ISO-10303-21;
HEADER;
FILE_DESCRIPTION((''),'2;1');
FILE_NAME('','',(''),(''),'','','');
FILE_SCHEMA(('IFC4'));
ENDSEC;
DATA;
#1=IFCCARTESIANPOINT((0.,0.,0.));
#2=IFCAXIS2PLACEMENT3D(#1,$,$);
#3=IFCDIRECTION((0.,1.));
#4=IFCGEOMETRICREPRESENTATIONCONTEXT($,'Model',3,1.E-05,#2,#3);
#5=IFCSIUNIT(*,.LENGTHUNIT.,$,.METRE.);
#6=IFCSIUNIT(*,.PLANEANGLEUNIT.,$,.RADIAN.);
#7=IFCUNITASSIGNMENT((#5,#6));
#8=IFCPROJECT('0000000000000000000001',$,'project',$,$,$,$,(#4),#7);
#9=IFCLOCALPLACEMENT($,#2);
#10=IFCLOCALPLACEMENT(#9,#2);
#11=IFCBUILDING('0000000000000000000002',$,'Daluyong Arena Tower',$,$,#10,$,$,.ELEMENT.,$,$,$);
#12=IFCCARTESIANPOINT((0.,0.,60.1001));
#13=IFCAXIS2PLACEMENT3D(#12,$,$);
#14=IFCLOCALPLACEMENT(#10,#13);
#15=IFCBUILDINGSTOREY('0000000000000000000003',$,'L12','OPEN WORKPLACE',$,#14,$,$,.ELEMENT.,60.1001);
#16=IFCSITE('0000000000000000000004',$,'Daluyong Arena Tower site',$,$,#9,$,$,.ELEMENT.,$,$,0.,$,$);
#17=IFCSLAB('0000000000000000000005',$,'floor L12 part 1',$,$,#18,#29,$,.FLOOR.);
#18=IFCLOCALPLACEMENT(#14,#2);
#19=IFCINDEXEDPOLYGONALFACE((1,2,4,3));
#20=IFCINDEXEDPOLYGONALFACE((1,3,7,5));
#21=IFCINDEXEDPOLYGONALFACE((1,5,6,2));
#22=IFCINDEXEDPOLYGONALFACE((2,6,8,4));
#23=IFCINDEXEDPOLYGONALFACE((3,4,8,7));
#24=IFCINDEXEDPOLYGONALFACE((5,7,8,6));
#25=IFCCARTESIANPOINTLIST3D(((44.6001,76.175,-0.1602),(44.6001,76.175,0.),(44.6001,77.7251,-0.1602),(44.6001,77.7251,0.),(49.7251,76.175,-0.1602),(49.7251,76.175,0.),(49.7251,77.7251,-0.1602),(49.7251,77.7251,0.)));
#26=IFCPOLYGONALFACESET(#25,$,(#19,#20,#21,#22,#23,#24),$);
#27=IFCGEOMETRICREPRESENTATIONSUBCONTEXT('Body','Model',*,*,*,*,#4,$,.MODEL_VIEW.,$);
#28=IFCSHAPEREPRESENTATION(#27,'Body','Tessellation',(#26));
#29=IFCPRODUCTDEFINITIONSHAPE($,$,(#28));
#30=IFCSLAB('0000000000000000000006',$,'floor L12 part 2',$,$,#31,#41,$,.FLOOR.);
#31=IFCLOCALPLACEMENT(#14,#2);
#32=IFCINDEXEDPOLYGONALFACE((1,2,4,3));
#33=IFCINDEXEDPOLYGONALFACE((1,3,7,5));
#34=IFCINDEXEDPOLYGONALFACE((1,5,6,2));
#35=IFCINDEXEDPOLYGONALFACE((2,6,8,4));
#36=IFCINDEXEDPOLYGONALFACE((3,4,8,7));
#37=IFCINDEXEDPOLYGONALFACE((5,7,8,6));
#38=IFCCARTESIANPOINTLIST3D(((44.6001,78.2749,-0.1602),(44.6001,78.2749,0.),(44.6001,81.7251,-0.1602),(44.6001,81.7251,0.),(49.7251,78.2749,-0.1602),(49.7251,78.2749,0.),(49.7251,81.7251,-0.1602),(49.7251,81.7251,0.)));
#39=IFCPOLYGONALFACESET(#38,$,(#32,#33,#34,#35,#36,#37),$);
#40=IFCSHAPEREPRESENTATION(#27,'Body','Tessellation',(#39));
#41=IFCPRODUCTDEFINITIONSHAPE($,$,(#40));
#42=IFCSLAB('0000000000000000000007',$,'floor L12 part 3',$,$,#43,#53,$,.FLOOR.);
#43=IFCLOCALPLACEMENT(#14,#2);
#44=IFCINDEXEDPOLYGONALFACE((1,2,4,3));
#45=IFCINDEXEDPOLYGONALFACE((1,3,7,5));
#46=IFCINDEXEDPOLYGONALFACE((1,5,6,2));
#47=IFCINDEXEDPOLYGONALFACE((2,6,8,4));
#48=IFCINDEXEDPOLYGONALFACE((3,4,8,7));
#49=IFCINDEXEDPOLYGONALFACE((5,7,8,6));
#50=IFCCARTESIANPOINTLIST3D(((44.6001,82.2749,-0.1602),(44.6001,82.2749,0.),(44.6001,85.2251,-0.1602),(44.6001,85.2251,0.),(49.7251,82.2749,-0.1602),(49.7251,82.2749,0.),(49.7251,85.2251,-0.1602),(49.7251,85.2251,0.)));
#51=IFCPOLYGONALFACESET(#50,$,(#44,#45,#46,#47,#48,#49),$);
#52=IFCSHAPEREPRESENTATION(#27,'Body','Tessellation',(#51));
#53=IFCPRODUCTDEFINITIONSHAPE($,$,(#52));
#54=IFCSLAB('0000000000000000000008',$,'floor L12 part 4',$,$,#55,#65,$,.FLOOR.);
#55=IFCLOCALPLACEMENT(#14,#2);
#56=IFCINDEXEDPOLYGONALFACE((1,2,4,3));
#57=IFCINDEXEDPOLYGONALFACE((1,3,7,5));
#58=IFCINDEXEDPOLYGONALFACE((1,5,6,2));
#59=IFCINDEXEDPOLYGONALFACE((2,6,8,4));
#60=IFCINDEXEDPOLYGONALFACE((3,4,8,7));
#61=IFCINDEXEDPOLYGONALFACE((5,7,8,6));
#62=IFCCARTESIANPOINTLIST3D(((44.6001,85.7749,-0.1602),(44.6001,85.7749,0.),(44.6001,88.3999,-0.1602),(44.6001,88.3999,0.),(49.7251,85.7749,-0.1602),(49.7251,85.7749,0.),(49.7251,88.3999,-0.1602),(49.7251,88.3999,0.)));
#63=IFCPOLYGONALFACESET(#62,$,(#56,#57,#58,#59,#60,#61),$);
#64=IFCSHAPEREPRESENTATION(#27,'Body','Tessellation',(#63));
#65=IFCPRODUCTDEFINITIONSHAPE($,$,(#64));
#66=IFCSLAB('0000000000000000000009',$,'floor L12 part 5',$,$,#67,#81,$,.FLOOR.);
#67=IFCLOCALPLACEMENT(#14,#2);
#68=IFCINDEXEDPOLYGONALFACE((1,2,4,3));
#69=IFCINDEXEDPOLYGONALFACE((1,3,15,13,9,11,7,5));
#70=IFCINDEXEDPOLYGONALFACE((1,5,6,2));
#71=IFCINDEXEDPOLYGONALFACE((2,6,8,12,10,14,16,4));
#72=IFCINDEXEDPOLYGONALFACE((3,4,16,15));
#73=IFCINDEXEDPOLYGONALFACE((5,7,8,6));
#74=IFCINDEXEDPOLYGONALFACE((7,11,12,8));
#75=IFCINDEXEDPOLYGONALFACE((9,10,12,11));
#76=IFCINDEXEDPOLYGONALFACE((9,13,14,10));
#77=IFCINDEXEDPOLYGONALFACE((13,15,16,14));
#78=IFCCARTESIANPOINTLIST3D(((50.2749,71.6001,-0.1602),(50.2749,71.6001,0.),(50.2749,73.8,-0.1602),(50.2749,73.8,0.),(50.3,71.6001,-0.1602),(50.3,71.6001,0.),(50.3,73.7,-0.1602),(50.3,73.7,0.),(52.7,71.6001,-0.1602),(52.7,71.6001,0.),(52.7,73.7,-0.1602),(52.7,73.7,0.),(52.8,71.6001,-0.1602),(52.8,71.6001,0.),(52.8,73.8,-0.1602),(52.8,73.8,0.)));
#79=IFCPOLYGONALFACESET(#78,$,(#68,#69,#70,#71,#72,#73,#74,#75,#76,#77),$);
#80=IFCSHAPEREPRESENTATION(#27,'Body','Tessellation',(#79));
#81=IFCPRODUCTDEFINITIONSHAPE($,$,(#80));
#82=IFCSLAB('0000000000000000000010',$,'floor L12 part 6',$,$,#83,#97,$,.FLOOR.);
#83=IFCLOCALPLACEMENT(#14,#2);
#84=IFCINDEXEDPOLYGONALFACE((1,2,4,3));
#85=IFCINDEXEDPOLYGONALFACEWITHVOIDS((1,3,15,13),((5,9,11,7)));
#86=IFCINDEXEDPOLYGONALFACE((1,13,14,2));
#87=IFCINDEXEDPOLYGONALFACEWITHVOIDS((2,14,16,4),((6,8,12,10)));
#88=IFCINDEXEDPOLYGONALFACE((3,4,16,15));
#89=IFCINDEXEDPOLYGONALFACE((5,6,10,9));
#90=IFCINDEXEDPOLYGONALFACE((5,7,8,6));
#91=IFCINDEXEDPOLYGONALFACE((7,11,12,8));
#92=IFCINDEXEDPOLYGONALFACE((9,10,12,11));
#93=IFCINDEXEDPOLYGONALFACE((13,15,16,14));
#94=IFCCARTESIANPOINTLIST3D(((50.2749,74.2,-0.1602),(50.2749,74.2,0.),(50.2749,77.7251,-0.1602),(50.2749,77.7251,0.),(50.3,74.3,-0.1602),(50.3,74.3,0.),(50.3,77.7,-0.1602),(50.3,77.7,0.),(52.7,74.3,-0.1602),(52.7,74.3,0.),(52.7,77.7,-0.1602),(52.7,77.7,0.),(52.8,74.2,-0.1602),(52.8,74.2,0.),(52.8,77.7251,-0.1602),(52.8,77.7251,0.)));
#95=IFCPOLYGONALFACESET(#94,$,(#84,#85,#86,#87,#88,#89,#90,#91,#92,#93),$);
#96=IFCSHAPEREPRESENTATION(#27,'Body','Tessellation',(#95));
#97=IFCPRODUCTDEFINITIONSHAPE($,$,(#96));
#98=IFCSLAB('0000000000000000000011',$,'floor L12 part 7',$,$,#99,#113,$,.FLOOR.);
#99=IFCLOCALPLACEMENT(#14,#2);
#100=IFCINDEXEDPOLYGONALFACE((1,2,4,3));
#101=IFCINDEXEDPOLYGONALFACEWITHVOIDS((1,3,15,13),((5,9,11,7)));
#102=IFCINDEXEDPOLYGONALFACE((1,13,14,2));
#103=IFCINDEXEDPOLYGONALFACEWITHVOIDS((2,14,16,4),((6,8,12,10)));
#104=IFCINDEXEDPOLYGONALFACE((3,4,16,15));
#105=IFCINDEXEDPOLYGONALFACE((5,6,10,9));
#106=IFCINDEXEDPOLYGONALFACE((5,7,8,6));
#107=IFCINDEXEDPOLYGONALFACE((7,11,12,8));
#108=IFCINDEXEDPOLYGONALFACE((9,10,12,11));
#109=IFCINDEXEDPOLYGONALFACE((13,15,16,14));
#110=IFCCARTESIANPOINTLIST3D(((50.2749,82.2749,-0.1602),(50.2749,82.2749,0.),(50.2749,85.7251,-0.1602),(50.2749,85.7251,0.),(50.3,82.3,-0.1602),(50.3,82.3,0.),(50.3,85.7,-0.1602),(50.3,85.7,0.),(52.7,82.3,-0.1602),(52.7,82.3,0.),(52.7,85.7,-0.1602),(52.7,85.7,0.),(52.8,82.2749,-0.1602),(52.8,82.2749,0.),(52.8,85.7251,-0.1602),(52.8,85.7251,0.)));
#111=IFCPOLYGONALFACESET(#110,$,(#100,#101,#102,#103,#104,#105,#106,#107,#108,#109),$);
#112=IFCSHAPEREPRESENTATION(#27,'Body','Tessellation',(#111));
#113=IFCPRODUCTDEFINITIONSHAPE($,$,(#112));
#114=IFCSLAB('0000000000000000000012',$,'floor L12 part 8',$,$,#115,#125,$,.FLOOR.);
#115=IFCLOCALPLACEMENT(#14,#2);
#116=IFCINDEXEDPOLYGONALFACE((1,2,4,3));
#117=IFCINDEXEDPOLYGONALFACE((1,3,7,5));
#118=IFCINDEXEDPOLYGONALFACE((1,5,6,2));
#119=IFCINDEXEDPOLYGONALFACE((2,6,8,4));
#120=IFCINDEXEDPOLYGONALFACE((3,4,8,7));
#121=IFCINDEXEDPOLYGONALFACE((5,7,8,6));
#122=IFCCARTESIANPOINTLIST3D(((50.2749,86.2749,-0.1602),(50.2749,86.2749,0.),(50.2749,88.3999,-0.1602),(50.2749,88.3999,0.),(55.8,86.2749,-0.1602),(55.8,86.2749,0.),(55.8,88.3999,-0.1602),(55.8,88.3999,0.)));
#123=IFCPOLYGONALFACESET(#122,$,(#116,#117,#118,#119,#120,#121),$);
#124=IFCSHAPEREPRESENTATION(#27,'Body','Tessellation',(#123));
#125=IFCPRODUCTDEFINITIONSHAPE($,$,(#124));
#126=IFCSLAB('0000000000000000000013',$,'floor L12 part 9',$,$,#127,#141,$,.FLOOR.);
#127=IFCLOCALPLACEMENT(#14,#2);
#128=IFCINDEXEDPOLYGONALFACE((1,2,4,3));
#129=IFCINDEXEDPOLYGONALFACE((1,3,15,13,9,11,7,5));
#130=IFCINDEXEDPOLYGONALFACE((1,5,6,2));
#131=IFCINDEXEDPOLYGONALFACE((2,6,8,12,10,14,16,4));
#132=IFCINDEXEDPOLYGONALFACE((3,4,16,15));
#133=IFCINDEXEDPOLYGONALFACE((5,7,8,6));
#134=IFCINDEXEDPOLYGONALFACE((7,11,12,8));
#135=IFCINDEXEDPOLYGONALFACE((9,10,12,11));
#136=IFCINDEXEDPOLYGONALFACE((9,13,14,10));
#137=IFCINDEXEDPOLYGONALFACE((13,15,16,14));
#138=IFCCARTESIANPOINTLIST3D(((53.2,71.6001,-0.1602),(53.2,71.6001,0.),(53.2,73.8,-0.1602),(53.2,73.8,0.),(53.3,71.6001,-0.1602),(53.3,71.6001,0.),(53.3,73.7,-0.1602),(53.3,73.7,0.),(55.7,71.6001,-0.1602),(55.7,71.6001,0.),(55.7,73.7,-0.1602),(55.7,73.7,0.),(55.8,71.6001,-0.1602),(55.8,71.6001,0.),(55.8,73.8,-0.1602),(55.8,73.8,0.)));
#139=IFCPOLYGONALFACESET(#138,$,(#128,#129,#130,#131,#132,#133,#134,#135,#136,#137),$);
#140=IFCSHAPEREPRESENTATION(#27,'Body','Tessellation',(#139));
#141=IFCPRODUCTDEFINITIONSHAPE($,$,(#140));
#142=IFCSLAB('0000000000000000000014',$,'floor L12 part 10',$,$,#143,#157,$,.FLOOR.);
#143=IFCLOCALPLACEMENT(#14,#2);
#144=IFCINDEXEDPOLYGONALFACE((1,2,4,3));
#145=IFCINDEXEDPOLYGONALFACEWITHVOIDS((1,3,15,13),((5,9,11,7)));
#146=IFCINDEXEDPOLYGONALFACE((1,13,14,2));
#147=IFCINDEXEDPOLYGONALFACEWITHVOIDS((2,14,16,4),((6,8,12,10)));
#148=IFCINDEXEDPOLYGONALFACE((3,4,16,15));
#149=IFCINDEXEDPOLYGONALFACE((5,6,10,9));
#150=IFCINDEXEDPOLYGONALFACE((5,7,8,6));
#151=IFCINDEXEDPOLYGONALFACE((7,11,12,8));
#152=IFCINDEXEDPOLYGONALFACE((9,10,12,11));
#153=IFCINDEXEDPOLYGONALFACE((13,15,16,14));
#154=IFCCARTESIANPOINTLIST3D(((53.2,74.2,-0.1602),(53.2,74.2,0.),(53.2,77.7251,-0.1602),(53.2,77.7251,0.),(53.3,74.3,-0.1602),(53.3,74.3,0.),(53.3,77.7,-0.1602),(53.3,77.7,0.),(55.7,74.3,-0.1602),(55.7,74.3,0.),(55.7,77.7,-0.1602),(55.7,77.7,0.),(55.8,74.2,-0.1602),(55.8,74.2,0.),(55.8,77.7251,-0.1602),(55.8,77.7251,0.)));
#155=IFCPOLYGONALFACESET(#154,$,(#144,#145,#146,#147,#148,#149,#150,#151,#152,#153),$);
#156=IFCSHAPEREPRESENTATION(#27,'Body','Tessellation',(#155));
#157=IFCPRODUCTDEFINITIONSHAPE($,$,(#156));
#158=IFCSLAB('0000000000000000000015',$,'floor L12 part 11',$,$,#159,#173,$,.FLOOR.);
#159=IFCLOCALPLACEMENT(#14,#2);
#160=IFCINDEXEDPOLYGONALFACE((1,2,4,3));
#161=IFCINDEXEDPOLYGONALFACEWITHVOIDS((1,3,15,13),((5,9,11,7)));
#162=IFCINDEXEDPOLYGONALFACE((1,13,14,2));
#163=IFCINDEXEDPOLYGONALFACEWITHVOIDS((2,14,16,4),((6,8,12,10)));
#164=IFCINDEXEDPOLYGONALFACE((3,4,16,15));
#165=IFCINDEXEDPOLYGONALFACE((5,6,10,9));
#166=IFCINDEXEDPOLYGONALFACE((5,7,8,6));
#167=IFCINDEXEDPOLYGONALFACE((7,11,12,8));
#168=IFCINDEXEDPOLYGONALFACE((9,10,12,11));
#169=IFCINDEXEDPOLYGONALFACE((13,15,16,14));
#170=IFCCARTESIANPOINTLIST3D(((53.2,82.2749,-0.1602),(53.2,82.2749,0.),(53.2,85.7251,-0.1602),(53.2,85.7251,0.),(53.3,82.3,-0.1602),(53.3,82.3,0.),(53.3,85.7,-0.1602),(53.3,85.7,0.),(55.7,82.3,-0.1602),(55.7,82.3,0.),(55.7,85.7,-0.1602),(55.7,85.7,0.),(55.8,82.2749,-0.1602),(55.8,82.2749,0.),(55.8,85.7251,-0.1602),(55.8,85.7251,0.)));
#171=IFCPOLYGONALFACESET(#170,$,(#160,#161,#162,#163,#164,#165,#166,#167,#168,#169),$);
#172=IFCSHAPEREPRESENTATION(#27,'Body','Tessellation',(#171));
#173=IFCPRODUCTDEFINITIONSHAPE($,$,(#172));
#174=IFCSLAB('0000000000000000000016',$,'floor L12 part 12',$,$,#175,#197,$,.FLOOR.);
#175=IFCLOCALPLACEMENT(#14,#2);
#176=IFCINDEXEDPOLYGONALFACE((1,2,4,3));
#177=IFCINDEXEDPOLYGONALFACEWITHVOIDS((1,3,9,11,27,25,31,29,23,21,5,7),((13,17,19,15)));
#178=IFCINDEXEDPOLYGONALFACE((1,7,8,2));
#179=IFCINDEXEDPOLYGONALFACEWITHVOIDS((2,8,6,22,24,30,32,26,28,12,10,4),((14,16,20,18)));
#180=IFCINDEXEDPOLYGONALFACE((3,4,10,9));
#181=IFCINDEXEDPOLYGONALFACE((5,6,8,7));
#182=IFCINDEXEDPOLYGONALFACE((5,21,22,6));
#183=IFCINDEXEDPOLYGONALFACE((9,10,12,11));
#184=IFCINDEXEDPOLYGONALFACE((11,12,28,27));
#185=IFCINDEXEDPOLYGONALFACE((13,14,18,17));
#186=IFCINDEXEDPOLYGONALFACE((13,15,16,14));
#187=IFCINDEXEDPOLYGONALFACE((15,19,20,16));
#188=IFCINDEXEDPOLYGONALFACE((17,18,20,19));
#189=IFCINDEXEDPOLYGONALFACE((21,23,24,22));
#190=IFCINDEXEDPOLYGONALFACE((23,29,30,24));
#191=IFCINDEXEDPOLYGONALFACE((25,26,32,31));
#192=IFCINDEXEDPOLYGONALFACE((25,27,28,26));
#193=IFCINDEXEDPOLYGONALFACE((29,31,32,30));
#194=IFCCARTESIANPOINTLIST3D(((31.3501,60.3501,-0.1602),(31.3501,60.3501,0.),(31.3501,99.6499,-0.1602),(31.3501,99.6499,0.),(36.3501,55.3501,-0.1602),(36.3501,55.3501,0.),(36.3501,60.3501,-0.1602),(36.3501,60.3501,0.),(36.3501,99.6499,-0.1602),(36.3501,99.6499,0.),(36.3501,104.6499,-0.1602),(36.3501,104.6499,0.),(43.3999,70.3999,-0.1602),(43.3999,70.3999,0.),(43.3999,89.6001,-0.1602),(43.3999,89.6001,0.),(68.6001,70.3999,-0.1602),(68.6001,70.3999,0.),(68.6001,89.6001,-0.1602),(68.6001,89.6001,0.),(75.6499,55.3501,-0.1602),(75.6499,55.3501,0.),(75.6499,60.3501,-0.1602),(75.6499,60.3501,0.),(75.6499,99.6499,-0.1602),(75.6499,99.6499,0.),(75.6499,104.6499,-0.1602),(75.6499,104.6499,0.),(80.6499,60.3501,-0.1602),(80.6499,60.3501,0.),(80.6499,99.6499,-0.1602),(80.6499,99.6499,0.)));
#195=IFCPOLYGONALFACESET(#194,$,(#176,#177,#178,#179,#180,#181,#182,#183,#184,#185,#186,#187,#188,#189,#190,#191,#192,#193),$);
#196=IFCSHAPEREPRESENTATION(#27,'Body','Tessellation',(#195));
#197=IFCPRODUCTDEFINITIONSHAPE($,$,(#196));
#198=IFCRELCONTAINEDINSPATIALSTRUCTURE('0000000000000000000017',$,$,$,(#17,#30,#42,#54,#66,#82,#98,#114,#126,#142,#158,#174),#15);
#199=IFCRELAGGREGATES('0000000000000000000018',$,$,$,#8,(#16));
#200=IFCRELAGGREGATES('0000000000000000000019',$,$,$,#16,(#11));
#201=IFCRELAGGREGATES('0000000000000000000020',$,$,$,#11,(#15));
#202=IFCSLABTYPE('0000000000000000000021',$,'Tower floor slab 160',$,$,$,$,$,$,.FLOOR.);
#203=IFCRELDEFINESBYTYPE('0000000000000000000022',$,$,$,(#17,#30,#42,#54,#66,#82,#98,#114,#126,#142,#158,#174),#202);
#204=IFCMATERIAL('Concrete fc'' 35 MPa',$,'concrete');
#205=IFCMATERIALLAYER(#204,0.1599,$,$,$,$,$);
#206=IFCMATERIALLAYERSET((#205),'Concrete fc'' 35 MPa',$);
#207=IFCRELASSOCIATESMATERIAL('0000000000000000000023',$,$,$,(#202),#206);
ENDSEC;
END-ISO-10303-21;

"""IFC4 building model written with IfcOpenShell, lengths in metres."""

from ifc_helpers import new_model, si_unit, direction, frame, origin, place, context, subcontext, project, spatial, polyline, outline, extrude, material, layer, layer_set, type_object, element, save


model = new_model("IFC4")

# Units and contexts
model_context = context("Model", 3, precision=1e-05, world=origin(), true_north=direction((0.0, 1.0)))
body_context = subcontext(model_context, "Body", "Model", "MODEL_VIEW")
ifc_project = project(units=[si_unit("LENGTHUNIT", "METRE"), si_unit("PLANEANGLEUNIT", "RADIAN")], contexts=[model_context])

# Site, building, storey
site_placement = place(None, origin())
site = spatial("IfcSite", under=ifc_project, at=site_placement, Name="Daluyong Arena Tower site", CompositionType="ELEMENT", RefElevation=0.0)
building_placement = place(site_placement, origin())
building = spatial("IfcBuilding", under=site, at=building_placement, Name="Daluyong Arena Tower", CompositionType="ELEMENT")
storey_placement = place(building_placement, frame((0.0, 0.0, 60.1001)))
storey = spatial("IfcBuildingStorey", under=building, at=storey_placement, Name="L12", Description="OPEN WORKPLACE", CompositionType="ELEMENT", Elevation=60.1001)

# Slabs
ifc_material_1 = material(Name="Concrete fc' 35 MPa", Category="concrete")
ifc_layer_1 = layer(ifc_material_1, 0.1599)
ifc_layer_set_1 = layer_set([ifc_layer_1], Name="Concrete fc' 35 MPa")
slab_type = type_object("IfcSlabType", Name="Tower floor slab 160", PredefinedType="FLOOR", material=ifc_layer_set_1)
slab_1_placement = place(storey_placement, frame((0.0, 0.0, -0.1602)))
element("IfcSlab", 1, at=slab_1_placement, inside=storey, type_object=slab_type, Name="floor L12 part 1", PredefinedType="FLOOR", context=body_context, shape_type="SweptSolid", body=[
    extrude(outline(polyline([(49.7251, 76.175), (49.7251, 77.7251), (44.6001, 77.7251), (44.6001, 76.175), (49.7251, 76.175)])), origin(), (0.0, 0.0, 1.0), 0.1602),
])
slab_2_placement = place(storey_placement, frame((0.0, 0.0, -0.1602)))
element("IfcSlab", 2, at=slab_2_placement, inside=storey, type_object=slab_type, Name="floor L12 part 2", PredefinedType="FLOOR", context=body_context, shape_type="SweptSolid", body=[
    extrude(outline(polyline([(49.7251, 78.2749), (49.7251, 81.7251), (44.6001, 81.7251), (44.6001, 78.2749), (49.7251, 78.2749)])), origin(), (0.0, 0.0, 1.0), 0.1602),
])
slab_3_placement = place(storey_placement, frame((0.0, 0.0, -0.1602)))
element("IfcSlab", 3, at=slab_3_placement, inside=storey, type_object=slab_type, Name="floor L12 part 3", PredefinedType="FLOOR", context=body_context, shape_type="SweptSolid", body=[
    extrude(outline(polyline([(49.7251, 82.2749), (49.7251, 85.2251), (44.6001, 85.2251), (44.6001, 82.2749), (49.7251, 82.2749)])), origin(), (0.0, 0.0, 1.0), 0.1602),
])
slab_4_placement = place(storey_placement, frame((0.0, 0.0, -0.1602)))
element("IfcSlab", 4, at=slab_4_placement, inside=storey, type_object=slab_type, Name="floor L12 part 4", PredefinedType="FLOOR", context=body_context, shape_type="SweptSolid", body=[
    extrude(outline(polyline([(44.6001, 88.3999), (44.6001, 85.7749), (49.7251, 85.7749), (49.7251, 88.3999), (44.6001, 88.3999)])), origin(), (0.0, 0.0, 1.0), 0.1602),
])
slab_5_placement = place(storey_placement, frame((0.0, 0.0, -0.1602)))
element("IfcSlab", 5, at=slab_5_placement, inside=storey, type_object=slab_type, Name="floor L12 part 5", PredefinedType="FLOOR", context=body_context, shape_type="SweptSolid", body=[
    extrude(outline(polyline([(52.7, 73.7), (52.7, 71.6001), (52.8, 71.6001), (52.8, 73.8), (50.2749, 73.8), (50.2749, 71.6001), (50.3, 71.6001), (50.3, 73.7), (52.7, 73.7)])), origin(), (0.0, 0.0, 1.0), 0.1602),
])
slab_6_placement = place(storey_placement, frame((0.0, 0.0, -0.1602)))
element("IfcSlab", 6, at=slab_6_placement, inside=storey, type_object=slab_type, Name="floor L12 part 6", PredefinedType="FLOOR", context=body_context, shape_type="SweptSolid", body=[
    extrude(outline(polyline([(50.2749, 77.7251), (50.2749, 74.2), (52.8, 74.2), (52.8, 77.7251), (50.2749, 77.7251)]), holes=[polyline([(52.7, 77.7), (52.7, 74.3), (50.3, 74.3), (50.3, 77.7), (52.7, 77.7)])]), origin(), (0.0, 0.0, 1.0), 0.1602),
])
slab_7_placement = place(storey_placement, frame((0.0, 0.0, -0.1602)))
element("IfcSlab", 7, at=slab_7_placement, inside=storey, type_object=slab_type, Name="floor L12 part 7", PredefinedType="FLOOR", context=body_context, shape_type="SweptSolid", body=[
    extrude(outline(polyline([(50.2749, 85.7251), (50.2749, 82.2749), (52.8, 82.2749), (52.8, 85.7251), (50.2749, 85.7251)]), holes=[polyline([(52.7, 85.7), (52.7, 82.3), (50.3, 82.3), (50.3, 85.7), (52.7, 85.7)])]), origin(), (0.0, 0.0, 1.0), 0.1602),
])
slab_8_placement = place(storey_placement, frame((0.0, 0.0, -0.1602)))
element("IfcSlab", 8, at=slab_8_placement, inside=storey, type_object=slab_type, Name="floor L12 part 8", PredefinedType="FLOOR", context=body_context, shape_type="SweptSolid", body=[
    extrude(outline(polyline([(50.2749, 88.3999), (50.2749, 86.2749), (55.8, 86.2749), (55.8, 88.3999), (50.2749, 88.3999)])), origin(), (0.0, 0.0, 1.0), 0.1602),
])
slab_9_placement = place(storey_placement, frame((0.0, 0.0, -0.1602)))
element("IfcSlab", 9, at=slab_9_placement, inside=storey, type_object=slab_type, Name="floor L12 part 9", PredefinedType="FLOOR", context=body_context, shape_type="SweptSolid", body=[
    extrude(outline(polyline([(55.7, 73.7), (55.7, 71.6001), (55.8, 71.6001), (55.8, 73.8), (53.2, 73.8), (53.2, 71.6001), (53.3, 71.6001), (53.3, 73.7), (55.7, 73.7)])), origin(), (0.0, 0.0, 1.0), 0.1602),
])
slab_10_placement = place(storey_placement, frame((0.0, 0.0, -0.1602)))
element("IfcSlab", 10, at=slab_10_placement, inside=storey, type_object=slab_type, Name="floor L12 part 10", PredefinedType="FLOOR", context=body_context, shape_type="SweptSolid", body=[
    extrude(outline(polyline([(53.2, 77.7251), (53.2, 74.2), (55.8, 74.2), (55.8, 77.7251), (53.2, 77.7251)]), holes=[polyline([(55.7, 77.7), (55.7, 74.3), (53.3, 74.3), (53.3, 77.7), (55.7, 77.7)])]), origin(), (0.0, 0.0, 1.0), 0.1602),
])
slab_11_placement = place(storey_placement, frame((0.0, 0.0, -0.1602)))
element("IfcSlab", 11, at=slab_11_placement, inside=storey, type_object=slab_type, Name="floor L12 part 11", PredefinedType="FLOOR", context=body_context, shape_type="SweptSolid", body=[
    extrude(outline(polyline([(53.2, 85.7251), (53.2, 82.2749), (55.8, 82.2749), (55.8, 85.7251), (53.2, 85.7251)]), holes=[polyline([(55.7, 85.7), (55.7, 82.3), (53.3, 82.3), (53.3, 85.7), (55.7, 85.7)])]), origin(), (0.0, 0.0, 1.0), 0.1602),
])
slab_12_placement = place(storey_placement, frame((0.0, 0.0, -0.1602)))
element("IfcSlab", 12, at=slab_12_placement, inside=storey, type_object=slab_type, Name="floor L12 part 12", PredefinedType="FLOOR", context=body_context, shape_type="SweptSolid", body=[
    extrude(outline(polyline([(36.3501, 60.3501), (36.3501, 55.3501), (75.6499, 55.3501), (75.6499, 60.3501), (80.6499, 60.3501), (80.6499, 99.6499), (75.6499, 99.6499), (75.6499, 104.6499), (36.3501, 104.6499), (36.3501, 99.6499), (31.3501, 99.6499), (31.3501, 60.3501), (36.3501, 60.3501)]), holes=[polyline([(68.6001, 89.6001), (68.6001, 70.3999), (43.3999, 70.3999), (43.3999, 89.6001), (68.6001, 89.6001)])]), origin(), (0.0, 0.0, 1.0), 0.1602),
])

save(model, "model.ifc")
